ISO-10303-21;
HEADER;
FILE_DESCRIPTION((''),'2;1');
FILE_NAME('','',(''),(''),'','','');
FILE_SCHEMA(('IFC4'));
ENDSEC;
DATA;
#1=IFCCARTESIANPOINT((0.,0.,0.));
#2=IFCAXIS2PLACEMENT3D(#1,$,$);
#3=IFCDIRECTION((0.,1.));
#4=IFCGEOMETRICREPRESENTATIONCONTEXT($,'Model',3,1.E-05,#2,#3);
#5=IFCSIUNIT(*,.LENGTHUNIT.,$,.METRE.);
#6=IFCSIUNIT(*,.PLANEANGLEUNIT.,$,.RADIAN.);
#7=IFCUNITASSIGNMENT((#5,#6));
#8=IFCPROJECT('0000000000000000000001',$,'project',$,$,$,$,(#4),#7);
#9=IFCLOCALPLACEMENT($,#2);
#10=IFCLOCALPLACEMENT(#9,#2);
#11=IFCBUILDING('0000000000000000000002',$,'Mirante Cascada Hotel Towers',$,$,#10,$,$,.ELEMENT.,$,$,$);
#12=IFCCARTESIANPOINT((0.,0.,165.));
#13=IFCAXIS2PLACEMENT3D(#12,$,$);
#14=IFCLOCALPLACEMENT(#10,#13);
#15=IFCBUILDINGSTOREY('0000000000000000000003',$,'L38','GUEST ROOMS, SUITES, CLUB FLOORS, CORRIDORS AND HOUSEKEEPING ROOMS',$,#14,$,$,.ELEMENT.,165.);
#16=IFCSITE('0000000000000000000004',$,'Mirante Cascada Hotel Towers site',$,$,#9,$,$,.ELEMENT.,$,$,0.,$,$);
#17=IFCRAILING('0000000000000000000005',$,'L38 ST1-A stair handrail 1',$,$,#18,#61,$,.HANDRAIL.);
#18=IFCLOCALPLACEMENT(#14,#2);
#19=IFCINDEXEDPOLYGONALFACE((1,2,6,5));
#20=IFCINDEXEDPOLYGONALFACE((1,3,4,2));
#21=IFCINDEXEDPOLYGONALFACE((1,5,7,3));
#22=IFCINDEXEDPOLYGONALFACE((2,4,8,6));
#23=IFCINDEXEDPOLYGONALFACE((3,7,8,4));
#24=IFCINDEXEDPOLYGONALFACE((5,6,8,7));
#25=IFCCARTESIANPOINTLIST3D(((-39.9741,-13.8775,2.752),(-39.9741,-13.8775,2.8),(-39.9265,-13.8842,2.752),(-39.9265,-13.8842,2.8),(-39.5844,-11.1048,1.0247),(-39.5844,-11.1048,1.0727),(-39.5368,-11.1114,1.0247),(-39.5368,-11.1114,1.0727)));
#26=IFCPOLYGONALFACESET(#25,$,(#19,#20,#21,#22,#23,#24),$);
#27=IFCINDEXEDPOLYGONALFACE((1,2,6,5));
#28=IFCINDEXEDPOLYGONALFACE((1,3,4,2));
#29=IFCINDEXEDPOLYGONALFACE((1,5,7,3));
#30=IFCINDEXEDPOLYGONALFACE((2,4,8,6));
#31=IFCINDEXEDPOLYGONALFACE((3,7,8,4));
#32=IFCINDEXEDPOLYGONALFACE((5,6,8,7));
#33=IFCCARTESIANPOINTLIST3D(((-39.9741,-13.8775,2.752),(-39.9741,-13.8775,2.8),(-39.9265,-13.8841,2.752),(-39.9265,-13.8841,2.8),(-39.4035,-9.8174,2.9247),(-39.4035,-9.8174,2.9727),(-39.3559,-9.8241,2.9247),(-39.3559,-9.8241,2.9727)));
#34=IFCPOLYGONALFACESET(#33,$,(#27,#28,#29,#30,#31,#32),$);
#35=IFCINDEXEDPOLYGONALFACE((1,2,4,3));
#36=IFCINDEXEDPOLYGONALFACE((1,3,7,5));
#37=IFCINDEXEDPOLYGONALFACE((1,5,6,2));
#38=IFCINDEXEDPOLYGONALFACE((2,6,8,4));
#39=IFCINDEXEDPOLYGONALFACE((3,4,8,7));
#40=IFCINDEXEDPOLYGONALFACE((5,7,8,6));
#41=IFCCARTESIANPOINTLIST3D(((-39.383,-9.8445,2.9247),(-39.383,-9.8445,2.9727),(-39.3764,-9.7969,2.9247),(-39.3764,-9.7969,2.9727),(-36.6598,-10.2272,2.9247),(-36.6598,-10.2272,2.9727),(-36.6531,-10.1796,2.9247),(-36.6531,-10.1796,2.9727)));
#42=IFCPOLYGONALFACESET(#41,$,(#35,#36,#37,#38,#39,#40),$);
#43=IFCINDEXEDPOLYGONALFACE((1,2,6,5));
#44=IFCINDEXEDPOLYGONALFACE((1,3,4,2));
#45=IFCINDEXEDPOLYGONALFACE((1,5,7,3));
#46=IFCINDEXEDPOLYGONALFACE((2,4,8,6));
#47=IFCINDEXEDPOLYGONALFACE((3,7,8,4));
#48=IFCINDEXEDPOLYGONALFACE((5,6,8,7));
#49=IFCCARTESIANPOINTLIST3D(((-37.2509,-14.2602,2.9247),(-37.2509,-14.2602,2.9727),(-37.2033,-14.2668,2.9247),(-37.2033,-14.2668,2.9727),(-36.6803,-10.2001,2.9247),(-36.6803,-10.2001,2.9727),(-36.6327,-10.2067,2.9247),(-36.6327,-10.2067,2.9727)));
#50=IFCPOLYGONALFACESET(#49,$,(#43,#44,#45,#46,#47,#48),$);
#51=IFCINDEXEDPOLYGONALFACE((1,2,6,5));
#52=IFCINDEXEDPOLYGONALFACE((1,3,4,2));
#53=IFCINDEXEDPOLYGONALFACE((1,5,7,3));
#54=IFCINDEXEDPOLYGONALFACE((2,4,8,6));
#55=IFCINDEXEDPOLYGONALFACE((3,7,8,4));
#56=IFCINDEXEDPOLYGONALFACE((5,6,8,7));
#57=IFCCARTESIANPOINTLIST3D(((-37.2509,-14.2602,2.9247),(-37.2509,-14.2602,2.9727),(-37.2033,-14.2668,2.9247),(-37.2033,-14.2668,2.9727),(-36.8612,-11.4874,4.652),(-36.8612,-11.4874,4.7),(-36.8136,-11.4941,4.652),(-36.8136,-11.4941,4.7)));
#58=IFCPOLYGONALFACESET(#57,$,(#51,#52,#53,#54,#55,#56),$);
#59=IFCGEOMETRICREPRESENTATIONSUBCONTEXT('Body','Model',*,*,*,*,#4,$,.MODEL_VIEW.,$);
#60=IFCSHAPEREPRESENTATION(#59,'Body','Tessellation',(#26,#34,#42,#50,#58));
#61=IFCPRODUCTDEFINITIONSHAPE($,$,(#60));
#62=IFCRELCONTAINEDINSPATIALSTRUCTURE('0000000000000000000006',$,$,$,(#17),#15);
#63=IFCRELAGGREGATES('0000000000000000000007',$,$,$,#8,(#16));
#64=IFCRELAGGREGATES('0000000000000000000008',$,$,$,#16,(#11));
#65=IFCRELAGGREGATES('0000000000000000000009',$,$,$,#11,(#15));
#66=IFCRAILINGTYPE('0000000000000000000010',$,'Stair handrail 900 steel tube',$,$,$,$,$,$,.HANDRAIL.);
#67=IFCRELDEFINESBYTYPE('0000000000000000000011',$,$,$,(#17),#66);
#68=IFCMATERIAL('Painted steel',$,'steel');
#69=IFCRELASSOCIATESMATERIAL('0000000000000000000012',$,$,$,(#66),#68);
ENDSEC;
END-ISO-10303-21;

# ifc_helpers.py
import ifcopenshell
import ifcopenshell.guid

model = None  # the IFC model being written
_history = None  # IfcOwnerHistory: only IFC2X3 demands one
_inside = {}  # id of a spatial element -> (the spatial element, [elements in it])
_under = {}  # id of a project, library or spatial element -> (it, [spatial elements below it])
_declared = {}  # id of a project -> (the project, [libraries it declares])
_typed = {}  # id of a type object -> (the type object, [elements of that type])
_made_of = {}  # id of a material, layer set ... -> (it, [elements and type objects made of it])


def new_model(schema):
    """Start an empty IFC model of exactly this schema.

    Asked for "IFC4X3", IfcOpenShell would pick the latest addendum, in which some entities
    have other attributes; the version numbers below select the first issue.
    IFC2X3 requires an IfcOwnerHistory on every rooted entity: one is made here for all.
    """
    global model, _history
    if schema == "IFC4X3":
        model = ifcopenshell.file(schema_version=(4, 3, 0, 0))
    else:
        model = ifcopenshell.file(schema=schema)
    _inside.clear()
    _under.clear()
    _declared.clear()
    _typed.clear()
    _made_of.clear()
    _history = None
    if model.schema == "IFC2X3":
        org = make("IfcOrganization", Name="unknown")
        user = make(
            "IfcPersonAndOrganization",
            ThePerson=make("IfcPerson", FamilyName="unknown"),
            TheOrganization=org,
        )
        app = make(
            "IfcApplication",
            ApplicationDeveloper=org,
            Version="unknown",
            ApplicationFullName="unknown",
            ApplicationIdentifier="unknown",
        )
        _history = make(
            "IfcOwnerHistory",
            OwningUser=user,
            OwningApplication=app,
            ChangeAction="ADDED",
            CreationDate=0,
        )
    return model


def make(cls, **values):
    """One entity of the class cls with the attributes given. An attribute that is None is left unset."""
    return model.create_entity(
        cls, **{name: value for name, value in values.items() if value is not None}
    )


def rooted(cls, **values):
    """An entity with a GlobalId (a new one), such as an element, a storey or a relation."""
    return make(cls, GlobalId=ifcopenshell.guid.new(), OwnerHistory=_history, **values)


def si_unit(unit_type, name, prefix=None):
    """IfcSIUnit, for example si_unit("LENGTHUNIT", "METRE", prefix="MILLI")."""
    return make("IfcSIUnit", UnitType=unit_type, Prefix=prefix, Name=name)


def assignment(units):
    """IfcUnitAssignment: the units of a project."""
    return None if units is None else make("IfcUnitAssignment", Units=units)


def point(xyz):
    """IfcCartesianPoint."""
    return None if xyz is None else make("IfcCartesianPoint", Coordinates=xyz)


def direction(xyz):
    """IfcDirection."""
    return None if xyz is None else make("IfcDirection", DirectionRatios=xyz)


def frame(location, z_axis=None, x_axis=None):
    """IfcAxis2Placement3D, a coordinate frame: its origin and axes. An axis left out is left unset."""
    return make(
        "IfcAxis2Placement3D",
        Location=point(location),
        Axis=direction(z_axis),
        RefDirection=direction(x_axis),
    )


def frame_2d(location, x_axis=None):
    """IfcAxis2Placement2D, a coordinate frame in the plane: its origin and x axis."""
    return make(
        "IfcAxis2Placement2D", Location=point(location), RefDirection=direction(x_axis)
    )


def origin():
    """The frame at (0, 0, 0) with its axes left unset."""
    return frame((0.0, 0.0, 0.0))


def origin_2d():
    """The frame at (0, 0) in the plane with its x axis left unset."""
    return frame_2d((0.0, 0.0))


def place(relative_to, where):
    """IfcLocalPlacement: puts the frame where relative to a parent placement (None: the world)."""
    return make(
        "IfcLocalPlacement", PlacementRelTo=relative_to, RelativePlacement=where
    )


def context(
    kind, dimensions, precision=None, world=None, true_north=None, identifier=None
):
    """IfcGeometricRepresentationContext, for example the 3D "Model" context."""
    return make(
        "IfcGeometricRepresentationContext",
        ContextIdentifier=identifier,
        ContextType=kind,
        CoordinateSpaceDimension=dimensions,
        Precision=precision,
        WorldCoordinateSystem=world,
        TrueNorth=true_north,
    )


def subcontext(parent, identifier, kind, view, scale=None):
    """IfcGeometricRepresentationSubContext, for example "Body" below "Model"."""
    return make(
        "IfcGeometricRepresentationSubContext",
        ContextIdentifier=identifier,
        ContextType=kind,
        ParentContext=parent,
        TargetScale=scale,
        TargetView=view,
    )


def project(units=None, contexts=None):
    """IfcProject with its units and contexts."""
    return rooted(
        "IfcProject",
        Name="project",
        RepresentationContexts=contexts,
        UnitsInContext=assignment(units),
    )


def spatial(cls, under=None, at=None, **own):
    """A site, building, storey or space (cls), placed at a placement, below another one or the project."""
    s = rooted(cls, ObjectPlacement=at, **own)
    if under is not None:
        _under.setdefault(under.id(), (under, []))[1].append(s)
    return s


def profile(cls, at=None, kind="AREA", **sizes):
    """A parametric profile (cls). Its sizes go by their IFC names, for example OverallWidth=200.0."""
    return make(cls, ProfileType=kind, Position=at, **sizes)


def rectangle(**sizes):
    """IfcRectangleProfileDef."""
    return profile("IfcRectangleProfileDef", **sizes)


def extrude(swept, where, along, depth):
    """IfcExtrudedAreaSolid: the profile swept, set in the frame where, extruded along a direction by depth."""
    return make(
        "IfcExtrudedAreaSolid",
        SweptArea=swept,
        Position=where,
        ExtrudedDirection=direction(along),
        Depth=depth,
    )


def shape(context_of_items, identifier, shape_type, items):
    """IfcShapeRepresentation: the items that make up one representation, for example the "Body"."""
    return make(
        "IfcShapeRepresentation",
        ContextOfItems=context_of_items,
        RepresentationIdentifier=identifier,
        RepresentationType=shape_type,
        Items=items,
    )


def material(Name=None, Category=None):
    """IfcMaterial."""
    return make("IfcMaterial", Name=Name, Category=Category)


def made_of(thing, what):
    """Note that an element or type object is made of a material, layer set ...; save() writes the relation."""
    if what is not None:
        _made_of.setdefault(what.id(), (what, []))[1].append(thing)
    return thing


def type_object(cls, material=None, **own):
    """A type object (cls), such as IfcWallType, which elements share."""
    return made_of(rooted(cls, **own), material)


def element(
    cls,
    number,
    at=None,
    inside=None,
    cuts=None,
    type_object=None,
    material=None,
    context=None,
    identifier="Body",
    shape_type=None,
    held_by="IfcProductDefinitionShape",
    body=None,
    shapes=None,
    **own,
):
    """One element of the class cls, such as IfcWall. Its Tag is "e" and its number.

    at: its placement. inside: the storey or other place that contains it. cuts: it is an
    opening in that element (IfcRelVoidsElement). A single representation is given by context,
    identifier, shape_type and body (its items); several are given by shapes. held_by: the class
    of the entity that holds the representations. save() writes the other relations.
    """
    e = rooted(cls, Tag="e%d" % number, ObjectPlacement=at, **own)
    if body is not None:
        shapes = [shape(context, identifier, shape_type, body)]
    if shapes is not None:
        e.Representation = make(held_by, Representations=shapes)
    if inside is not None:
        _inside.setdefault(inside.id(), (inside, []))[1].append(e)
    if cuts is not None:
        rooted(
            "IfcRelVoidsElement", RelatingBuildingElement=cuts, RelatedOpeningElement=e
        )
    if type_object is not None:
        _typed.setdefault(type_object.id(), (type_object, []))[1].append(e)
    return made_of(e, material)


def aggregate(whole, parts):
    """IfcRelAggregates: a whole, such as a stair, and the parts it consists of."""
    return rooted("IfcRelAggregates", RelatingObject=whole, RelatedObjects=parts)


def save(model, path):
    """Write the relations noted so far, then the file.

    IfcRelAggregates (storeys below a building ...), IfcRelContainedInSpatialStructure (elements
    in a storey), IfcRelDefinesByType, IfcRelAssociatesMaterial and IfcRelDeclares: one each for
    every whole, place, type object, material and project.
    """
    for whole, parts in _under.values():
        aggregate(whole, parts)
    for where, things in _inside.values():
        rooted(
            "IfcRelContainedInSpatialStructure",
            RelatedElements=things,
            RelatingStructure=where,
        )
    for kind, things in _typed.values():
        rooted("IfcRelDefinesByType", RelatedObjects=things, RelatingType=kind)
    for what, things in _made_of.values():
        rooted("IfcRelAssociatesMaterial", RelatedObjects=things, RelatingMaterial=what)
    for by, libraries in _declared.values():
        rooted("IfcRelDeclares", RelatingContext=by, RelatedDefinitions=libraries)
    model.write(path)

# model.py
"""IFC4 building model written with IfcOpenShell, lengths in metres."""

from ifc_helpers import new_model, si_unit, direction, frame, origin, origin_2d, place, context, subcontext, project, spatial, rectangle, extrude, material, type_object, element, save


model = new_model("IFC4")

# Units and contexts
model_context = context("Model", 3, precision=1e-05, world=origin(), true_north=direction((0.0, 1.0)))
body_context = subcontext(model_context, "Body", "Model", "MODEL_VIEW")
ifc_project = project(units=[si_unit("LENGTHUNIT", "METRE"), si_unit("PLANEANGLEUNIT", "RADIAN")], contexts=[model_context])

# Site, building, storey
site_placement = place(None, origin())
site = spatial("IfcSite", under=ifc_project, at=site_placement, Name="Mirante Cascada Hotel Towers site", CompositionType="ELEMENT", RefElevation=0.0)
building_placement = place(site_placement, origin())
building = spatial("IfcBuilding", under=site, at=building_placement, Name="Mirante Cascada Hotel Towers", CompositionType="ELEMENT")
storey_placement = place(building_placement, frame((0.0, 0.0, 165.0)))
storey = spatial("IfcBuildingStorey", under=building, at=storey_placement, Name="L38", Description="GUEST ROOMS, SUITES, CLUB FLOORS, CORRIDORS AND HOUSEKEEPING ROOMS", CompositionType="ELEMENT", Elevation=165.0)

# Railing
ifc_material_1 = material(Name="Painted steel", Category="steel")
railing_type_1 = type_object("IfcRailingType", Name="Stair handrail 900 steel tube", PredefinedType="HANDRAIL", material=ifc_material_1)
railing_1_placement = place(storey_placement, frame((-39.5606, -11.1081, 0.1727)))
element("IfcRailing", 1, at=railing_1_placement, inside=storey, type_object=railing_type_1, Name="L38 ST1-A stair handrail 1", PredefinedType="HANDRAIL", context=body_context, shape_type="SweptSolid", body=[
    extrude(rectangle(XDim=0.048, YDim=0.048, at=origin_2d()), frame((0.0, 0.0, 0.876), z_axis=(-0.139181, -0.990267, 0.0), x_axis=(0.990267, -0.139181, 0.0)), (0.0, 0.525035, 0.851081), 3.2899),
    extrude(rectangle(XDim=0.048, YDim=0.048, at=origin_2d()), frame((-0.3897, -2.7727, 2.6033), z_axis=(0.139171, 0.990268, 0.0), x_axis=(-0.990268, 0.139171, 0.0)), (0.0, 0.042085, 0.999114), 4.1036),
    extrude(rectangle(XDim=0.048, YDim=0.048, at=origin_2d()), frame((0.1809, 1.2874, 2.776), z_axis=(0.990269, -0.139166, 0.0), x_axis=(0.139166, 0.990269, 0.0)), (0.0, 0.0, 1.0), 2.75),
    extrude(rectangle(XDim=0.048, YDim=0.048, at=origin_2d()), frame((2.9041, 0.9047, 2.776), z_axis=(-0.139171, -0.990268, 0.0), x_axis=(0.990268, -0.139171, 0.0)), (0.0, 0.0, 1.0), 4.1),
    extrude(rectangle(XDim=0.048, YDim=0.048, at=origin_2d()), frame((2.3335, -3.1554, 2.776), z_axis=(0.139181, 0.990267, 0.0), x_axis=(-0.990267, 0.139181, 0.0)), (0.0, 0.525035, 0.851081), 3.2899),
])

save(model, "model.ifc")
